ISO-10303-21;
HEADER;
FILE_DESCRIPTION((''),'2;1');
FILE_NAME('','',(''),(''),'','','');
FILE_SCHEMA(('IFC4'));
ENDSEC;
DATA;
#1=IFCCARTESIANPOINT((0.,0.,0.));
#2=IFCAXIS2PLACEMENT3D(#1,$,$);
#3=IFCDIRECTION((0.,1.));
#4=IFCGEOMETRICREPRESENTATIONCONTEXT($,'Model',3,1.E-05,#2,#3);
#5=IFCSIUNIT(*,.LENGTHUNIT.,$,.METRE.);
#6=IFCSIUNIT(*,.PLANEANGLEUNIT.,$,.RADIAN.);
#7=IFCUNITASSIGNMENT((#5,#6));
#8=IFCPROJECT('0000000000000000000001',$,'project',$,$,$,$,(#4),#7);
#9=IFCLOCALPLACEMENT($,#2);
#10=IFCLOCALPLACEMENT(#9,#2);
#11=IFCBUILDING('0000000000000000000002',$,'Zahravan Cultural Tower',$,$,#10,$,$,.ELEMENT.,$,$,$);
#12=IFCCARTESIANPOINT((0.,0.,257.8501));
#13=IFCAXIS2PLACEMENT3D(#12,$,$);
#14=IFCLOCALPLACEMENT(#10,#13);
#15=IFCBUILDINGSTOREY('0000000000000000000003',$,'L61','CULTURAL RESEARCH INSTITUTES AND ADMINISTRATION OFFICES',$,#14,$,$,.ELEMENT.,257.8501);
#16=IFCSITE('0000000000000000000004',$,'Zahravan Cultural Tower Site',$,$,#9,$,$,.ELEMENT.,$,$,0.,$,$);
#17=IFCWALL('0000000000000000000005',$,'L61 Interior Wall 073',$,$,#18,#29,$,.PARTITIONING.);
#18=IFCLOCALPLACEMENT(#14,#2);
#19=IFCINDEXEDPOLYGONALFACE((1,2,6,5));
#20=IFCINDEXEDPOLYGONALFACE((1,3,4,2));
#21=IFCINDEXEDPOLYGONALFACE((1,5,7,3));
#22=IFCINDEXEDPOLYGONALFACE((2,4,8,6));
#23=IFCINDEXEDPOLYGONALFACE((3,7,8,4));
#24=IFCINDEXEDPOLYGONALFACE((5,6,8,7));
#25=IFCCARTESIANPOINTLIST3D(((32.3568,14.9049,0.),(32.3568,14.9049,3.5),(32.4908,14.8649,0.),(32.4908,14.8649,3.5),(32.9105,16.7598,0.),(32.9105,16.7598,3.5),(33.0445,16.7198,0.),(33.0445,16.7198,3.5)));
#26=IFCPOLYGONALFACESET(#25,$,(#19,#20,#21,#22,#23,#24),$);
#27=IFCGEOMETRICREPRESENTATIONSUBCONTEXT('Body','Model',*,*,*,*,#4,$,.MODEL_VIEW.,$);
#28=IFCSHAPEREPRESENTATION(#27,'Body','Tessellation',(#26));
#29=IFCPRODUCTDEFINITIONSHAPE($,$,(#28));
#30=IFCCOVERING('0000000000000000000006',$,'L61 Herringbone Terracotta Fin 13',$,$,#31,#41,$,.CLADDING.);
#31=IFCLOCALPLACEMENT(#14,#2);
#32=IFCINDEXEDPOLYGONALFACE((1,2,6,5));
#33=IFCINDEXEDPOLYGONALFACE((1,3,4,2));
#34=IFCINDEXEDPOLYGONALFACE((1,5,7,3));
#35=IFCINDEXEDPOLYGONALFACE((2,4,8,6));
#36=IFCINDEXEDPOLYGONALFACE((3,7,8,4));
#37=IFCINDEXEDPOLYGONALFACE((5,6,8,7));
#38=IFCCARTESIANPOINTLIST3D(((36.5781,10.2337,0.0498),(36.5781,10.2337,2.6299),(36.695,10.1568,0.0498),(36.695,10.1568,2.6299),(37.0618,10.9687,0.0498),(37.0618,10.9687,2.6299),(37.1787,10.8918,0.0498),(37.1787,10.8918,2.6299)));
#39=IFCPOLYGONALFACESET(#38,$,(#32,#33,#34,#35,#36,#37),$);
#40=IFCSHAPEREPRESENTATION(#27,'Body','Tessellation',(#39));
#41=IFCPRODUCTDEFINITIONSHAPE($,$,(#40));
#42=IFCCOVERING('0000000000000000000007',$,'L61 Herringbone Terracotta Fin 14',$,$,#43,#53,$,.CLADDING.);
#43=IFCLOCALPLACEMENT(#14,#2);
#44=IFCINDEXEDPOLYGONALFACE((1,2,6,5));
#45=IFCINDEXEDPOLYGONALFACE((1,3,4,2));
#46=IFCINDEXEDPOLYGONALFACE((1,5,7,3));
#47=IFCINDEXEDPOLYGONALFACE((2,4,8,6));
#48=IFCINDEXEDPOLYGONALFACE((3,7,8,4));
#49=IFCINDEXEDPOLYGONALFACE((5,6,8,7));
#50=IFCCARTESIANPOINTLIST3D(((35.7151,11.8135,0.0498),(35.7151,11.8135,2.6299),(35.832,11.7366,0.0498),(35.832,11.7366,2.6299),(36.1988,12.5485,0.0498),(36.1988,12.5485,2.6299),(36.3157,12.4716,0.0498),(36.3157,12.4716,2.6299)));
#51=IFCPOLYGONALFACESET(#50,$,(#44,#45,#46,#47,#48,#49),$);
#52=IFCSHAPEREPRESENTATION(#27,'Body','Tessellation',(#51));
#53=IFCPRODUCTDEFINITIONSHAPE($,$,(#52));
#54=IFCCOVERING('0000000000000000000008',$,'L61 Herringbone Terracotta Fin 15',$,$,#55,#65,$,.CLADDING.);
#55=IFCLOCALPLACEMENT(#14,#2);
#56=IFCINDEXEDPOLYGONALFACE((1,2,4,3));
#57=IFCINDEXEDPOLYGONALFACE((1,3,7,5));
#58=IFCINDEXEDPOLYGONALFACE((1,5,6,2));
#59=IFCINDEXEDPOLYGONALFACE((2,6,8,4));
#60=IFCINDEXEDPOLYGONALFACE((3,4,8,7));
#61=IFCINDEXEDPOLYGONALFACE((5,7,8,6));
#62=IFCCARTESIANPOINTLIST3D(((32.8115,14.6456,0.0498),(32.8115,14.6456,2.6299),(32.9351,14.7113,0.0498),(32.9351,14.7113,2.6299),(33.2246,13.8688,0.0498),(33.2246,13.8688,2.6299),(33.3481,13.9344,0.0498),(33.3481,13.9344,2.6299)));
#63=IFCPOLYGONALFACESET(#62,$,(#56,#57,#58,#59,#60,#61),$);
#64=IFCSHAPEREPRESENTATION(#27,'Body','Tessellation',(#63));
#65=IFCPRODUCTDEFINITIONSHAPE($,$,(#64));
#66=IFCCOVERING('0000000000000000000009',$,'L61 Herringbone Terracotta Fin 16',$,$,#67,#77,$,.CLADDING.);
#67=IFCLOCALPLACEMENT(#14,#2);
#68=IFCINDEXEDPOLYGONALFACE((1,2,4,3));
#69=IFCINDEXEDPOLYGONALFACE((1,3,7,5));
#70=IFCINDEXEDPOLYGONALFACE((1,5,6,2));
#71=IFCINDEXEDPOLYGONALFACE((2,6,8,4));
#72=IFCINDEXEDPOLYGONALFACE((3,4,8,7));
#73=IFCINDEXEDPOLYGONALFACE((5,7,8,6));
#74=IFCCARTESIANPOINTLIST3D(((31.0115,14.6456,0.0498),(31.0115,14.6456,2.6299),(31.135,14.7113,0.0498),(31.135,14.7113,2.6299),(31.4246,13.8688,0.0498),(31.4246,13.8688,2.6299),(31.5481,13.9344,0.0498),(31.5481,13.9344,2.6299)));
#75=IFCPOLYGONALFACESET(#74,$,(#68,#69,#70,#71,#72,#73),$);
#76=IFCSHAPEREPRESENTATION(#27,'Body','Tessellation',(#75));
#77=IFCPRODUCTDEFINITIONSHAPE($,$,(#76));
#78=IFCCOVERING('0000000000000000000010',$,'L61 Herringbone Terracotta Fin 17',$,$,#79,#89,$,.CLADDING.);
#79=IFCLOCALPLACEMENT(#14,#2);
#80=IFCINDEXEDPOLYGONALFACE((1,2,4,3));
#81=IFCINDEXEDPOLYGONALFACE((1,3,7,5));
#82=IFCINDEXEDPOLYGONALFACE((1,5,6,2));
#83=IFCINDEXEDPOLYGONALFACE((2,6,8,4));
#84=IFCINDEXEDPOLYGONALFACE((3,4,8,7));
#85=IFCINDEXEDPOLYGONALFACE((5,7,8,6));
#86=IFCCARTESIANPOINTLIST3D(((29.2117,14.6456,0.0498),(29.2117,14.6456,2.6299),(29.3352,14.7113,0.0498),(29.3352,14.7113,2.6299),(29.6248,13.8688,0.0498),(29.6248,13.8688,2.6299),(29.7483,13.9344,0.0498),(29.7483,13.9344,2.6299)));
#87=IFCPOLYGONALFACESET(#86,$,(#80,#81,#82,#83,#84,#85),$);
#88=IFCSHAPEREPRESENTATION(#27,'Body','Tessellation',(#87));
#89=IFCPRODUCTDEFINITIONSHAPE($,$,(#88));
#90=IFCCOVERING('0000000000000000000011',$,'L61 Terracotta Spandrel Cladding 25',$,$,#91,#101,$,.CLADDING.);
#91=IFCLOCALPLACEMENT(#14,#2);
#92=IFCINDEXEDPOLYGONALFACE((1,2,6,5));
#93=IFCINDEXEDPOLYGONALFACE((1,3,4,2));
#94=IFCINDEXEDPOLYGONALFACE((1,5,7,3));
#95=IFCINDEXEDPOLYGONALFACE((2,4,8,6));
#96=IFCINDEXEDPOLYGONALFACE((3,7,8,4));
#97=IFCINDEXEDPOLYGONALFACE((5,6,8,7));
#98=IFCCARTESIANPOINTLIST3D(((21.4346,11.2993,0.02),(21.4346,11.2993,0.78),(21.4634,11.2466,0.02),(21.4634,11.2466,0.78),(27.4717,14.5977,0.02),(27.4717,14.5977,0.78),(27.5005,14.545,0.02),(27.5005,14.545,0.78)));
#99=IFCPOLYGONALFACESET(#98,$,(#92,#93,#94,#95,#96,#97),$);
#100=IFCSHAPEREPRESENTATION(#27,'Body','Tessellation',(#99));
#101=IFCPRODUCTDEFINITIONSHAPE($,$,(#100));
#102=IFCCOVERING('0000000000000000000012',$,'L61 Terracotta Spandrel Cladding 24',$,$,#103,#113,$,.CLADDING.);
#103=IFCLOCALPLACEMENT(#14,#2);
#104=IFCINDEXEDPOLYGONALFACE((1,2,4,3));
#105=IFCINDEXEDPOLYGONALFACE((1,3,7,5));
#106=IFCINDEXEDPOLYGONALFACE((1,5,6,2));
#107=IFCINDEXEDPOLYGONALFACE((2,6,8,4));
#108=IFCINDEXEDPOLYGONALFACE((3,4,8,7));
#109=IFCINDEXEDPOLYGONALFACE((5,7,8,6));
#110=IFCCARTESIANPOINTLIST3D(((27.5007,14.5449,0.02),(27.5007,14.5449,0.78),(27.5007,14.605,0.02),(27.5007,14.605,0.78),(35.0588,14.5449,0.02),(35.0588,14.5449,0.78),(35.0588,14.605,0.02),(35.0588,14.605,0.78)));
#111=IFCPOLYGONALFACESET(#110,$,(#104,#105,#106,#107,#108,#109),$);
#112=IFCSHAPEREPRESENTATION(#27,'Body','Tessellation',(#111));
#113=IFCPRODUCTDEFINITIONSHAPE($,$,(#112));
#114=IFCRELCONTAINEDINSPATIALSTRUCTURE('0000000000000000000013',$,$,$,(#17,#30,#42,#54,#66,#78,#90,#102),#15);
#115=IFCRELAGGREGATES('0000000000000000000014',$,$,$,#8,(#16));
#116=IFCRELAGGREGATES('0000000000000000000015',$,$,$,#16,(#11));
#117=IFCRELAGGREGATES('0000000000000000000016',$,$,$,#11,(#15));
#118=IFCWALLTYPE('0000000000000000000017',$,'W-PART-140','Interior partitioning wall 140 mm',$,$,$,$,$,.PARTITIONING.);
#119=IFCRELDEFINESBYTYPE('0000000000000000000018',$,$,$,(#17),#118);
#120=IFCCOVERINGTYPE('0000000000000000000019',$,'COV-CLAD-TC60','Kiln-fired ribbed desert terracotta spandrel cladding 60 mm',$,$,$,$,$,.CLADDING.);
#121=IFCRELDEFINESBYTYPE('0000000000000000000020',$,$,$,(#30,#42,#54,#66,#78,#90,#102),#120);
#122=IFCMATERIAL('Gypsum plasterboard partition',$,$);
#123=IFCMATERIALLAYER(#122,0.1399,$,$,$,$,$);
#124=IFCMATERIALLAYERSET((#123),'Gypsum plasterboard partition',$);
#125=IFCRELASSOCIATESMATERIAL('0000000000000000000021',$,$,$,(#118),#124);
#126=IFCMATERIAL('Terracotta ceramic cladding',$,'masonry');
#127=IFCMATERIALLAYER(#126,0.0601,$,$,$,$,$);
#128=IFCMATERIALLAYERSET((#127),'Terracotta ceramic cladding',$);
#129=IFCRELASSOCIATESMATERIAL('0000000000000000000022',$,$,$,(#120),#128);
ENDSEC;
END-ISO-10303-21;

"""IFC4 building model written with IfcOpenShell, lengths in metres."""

from ifc_helpers import new_model, si_unit, direction, frame, frame_2d, origin, origin_2d, place, context, subcontext, project, spatial, rectangle, extrude, source, transform, mapped, material, layer, layer_set, type_object, element, save


model = new_model("IFC4")

# Units and contexts
model_context = context("Model", 3, precision=1e-05, world=origin(), true_north=direction((0.0, 1.0)))
body_context = subcontext(model_context, "Body", "Model", "MODEL_VIEW")
ifc_project = project(units=[si_unit("LENGTHUNIT", "METRE"), si_unit("PLANEANGLEUNIT", "RADIAN")], contexts=[model_context])

# Site, building, storey
site_placement = place(None, origin())
site = spatial("IfcSite", under=ifc_project, at=site_placement, Name="Zahravan Cultural Tower Site", CompositionType="ELEMENT", RefElevation=0.0)
building_placement = place(site_placement, origin())
building = spatial("IfcBuilding", under=site, at=building_placement, Name="Zahravan Cultural Tower", CompositionType="ELEMENT")
storey_placement = place(building_placement, frame((0.0, 0.0, 257.8501)))
storey = spatial("IfcBuildingStorey", under=building, at=storey_placement, Name="L61", Description="CULTURAL RESEARCH INSTITUTES AND ADMINISTRATION OFFICES", CompositionType="ELEMENT", Elevation=257.8501)

# Shared definitions
ifc_material_1 = material(Name="Gypsum plasterboard partition")
ifc_layer_1 = layer(ifc_material_1, 0.1399)
ifc_layer_set_1 = layer_set([ifc_layer_1], Name="Gypsum plasterboard partition")
wall_type_1 = type_object("IfcWallType", Name="W-PART-140", Description="Interior partitioning wall 140 mm", PredefinedType="PARTITIONING", material=ifc_layer_set_1)

# Wall
shared_shape_1 = source(origin(), body_context, "Body", "SweptSolid", [
    extrude(rectangle(XDim=1.9358, YDim=0.1399, at=frame_2d((0.9678, 0.0))), origin(), (0.0, 0.0, 1.0), 3.5),
])
wall_1_placement = place(storey_placement, frame((32.4238, 14.885, 0.0), z_axis=(0.0, 0.0, 1.0), x_axis=(0.286029, 0.958221, 0.0)))
element("IfcWall", 1, at=wall_1_placement, inside=storey, type_object=wall_type_1, Name="L61 Interior Wall 073", PredefinedType="PARTITIONING", context=body_context, shape_type="MappedRepresentation", body=[
    mapped(shared_shape_1, transform((0.0, 0.0, 0.0), x_axis=(1.0, 0.0, 0.0), y_axis=(0.0, 1.0, 0.0), z_axis=(0.0, 0.0, 1.0), scale=1.0)),
])

# Coverings
ifc_material_2 = material(Name="Terracotta ceramic cladding", Category="masonry")
ifc_layer_2 = layer(ifc_material_2, 0.0601)
ifc_layer_set_2 = layer_set([ifc_layer_2], Name="Terracotta ceramic cladding")
covering_type = type_object("IfcCoveringType", Name="COV-CLAD-TC60", Description="Kiln-fired ribbed desert terracotta spandrel cladding 60 mm", PredefinedType="CLADDING", material=ifc_layer_set_2)
shared_shape_2 = source(origin(), body_context, "Body", "SweptSolid", [
    extrude(rectangle(XDim=0.8799, YDim=0.1399, at=origin_2d()), origin(), (0.0, 0.0, 1.0), 2.5801),
])
for number, where, z_axis, x_axis, name in (
    (2, (36.8784, 10.5627, 0.0498), (0.0, 0.0, 1.0), (-0.549752, -0.835328, 0.0), "L61 Herringbone Terracotta Fin 13"),
    (3, (36.0154, 12.1426, 0.0498), (0.0, 0.0, 1.0), (-0.549752, -0.835328, 0.0), "L61 Herringbone Terracotta Fin 14"),
    (4, (33.0798, 14.29, 0.0498), (0.0, 0.0, 1.0), (0.469472, -0.882948, 0.0), "L61 Herringbone Terracotta Fin 15"),
    (5, (31.2798, 14.29, 0.0498), (0.0, 0.0, 1.0), (0.469472, -0.882948, 0.0), "L61 Herringbone Terracotta Fin 16"),
    (6, (29.48, 14.29, 0.0498), (0.0, 0.0, 1.0), (0.469472, -0.882948, 0.0), "L61 Herringbone Terracotta Fin 17"),
):
    element("IfcCovering", number, at=place(storey_placement, frame(where, z_axis=z_axis, x_axis=x_axis)), inside=storey, type_object=covering_type, Name=name, PredefinedType="CLADDING", context=body_context, shape_type="MappedRepresentation", body=[
        mapped(shared_shape_2, transform((0.0, 0.0, 0.0), x_axis=(1.0, 0.0, 0.0), y_axis=(0.0, 1.0, 0.0), z_axis=(0.0, 0.0, 1.0), scale=1.0)),
    ])
shared_shape_3 = source(origin(), body_context, "Body", "SweptSolid", [
    extrude(rectangle(XDim=6.8794, YDim=0.0601, at=origin_2d()), origin(), (0.0, 0.0, 1.0), 0.76),
])
covering_1_placement = place(storey_placement, frame((24.4675, 12.9221, 0.02), z_axis=(0.0, 0.0, 1.0), x_axis=(-0.877565, -0.479458, 0.0)))
element("IfcCovering", 7, at=covering_1_placement, inside=storey, type_object=covering_type, Name="L61 Terracotta Spandrel Cladding 25", PredefinedType="CLADDING", context=body_context, shape_type="MappedRepresentation", body=[
    mapped(shared_shape_3, transform((0.0, 0.0, 0.0), x_axis=(1.0, 0.0, 0.0), y_axis=(0.0, 1.0, 0.0), z_axis=(0.0, 0.0, 1.0), scale=1.0)),
])
shared_shape_4 = source(origin(), body_context, "Body", "SweptSolid", [
    extrude(rectangle(XDim=7.5581, YDim=0.0601, at=origin_2d()), origin(), (0.0, 0.0, 1.0), 0.76),
])
covering_2_placement = place(storey_placement, frame((31.2798, 14.575, 0.02), z_axis=(0.0, 0.0, 1.0), x_axis=(-1.0, 0.0, 0.0)))
element("IfcCovering", 8, at=covering_2_placement, inside=storey, type_object=covering_type, Name="L61 Terracotta Spandrel Cladding 24", PredefinedType="CLADDING", context=body_context, shape_type="MappedRepresentation", body=[
    mapped(shared_shape_4, transform((0.0, 0.0, 0.0), x_axis=(1.0, 0.0, 0.0), y_axis=(0.0, 1.0, 0.0), z_axis=(0.0, 0.0, 1.0), scale=1.0)),
])

save(model, "model.ifc")
